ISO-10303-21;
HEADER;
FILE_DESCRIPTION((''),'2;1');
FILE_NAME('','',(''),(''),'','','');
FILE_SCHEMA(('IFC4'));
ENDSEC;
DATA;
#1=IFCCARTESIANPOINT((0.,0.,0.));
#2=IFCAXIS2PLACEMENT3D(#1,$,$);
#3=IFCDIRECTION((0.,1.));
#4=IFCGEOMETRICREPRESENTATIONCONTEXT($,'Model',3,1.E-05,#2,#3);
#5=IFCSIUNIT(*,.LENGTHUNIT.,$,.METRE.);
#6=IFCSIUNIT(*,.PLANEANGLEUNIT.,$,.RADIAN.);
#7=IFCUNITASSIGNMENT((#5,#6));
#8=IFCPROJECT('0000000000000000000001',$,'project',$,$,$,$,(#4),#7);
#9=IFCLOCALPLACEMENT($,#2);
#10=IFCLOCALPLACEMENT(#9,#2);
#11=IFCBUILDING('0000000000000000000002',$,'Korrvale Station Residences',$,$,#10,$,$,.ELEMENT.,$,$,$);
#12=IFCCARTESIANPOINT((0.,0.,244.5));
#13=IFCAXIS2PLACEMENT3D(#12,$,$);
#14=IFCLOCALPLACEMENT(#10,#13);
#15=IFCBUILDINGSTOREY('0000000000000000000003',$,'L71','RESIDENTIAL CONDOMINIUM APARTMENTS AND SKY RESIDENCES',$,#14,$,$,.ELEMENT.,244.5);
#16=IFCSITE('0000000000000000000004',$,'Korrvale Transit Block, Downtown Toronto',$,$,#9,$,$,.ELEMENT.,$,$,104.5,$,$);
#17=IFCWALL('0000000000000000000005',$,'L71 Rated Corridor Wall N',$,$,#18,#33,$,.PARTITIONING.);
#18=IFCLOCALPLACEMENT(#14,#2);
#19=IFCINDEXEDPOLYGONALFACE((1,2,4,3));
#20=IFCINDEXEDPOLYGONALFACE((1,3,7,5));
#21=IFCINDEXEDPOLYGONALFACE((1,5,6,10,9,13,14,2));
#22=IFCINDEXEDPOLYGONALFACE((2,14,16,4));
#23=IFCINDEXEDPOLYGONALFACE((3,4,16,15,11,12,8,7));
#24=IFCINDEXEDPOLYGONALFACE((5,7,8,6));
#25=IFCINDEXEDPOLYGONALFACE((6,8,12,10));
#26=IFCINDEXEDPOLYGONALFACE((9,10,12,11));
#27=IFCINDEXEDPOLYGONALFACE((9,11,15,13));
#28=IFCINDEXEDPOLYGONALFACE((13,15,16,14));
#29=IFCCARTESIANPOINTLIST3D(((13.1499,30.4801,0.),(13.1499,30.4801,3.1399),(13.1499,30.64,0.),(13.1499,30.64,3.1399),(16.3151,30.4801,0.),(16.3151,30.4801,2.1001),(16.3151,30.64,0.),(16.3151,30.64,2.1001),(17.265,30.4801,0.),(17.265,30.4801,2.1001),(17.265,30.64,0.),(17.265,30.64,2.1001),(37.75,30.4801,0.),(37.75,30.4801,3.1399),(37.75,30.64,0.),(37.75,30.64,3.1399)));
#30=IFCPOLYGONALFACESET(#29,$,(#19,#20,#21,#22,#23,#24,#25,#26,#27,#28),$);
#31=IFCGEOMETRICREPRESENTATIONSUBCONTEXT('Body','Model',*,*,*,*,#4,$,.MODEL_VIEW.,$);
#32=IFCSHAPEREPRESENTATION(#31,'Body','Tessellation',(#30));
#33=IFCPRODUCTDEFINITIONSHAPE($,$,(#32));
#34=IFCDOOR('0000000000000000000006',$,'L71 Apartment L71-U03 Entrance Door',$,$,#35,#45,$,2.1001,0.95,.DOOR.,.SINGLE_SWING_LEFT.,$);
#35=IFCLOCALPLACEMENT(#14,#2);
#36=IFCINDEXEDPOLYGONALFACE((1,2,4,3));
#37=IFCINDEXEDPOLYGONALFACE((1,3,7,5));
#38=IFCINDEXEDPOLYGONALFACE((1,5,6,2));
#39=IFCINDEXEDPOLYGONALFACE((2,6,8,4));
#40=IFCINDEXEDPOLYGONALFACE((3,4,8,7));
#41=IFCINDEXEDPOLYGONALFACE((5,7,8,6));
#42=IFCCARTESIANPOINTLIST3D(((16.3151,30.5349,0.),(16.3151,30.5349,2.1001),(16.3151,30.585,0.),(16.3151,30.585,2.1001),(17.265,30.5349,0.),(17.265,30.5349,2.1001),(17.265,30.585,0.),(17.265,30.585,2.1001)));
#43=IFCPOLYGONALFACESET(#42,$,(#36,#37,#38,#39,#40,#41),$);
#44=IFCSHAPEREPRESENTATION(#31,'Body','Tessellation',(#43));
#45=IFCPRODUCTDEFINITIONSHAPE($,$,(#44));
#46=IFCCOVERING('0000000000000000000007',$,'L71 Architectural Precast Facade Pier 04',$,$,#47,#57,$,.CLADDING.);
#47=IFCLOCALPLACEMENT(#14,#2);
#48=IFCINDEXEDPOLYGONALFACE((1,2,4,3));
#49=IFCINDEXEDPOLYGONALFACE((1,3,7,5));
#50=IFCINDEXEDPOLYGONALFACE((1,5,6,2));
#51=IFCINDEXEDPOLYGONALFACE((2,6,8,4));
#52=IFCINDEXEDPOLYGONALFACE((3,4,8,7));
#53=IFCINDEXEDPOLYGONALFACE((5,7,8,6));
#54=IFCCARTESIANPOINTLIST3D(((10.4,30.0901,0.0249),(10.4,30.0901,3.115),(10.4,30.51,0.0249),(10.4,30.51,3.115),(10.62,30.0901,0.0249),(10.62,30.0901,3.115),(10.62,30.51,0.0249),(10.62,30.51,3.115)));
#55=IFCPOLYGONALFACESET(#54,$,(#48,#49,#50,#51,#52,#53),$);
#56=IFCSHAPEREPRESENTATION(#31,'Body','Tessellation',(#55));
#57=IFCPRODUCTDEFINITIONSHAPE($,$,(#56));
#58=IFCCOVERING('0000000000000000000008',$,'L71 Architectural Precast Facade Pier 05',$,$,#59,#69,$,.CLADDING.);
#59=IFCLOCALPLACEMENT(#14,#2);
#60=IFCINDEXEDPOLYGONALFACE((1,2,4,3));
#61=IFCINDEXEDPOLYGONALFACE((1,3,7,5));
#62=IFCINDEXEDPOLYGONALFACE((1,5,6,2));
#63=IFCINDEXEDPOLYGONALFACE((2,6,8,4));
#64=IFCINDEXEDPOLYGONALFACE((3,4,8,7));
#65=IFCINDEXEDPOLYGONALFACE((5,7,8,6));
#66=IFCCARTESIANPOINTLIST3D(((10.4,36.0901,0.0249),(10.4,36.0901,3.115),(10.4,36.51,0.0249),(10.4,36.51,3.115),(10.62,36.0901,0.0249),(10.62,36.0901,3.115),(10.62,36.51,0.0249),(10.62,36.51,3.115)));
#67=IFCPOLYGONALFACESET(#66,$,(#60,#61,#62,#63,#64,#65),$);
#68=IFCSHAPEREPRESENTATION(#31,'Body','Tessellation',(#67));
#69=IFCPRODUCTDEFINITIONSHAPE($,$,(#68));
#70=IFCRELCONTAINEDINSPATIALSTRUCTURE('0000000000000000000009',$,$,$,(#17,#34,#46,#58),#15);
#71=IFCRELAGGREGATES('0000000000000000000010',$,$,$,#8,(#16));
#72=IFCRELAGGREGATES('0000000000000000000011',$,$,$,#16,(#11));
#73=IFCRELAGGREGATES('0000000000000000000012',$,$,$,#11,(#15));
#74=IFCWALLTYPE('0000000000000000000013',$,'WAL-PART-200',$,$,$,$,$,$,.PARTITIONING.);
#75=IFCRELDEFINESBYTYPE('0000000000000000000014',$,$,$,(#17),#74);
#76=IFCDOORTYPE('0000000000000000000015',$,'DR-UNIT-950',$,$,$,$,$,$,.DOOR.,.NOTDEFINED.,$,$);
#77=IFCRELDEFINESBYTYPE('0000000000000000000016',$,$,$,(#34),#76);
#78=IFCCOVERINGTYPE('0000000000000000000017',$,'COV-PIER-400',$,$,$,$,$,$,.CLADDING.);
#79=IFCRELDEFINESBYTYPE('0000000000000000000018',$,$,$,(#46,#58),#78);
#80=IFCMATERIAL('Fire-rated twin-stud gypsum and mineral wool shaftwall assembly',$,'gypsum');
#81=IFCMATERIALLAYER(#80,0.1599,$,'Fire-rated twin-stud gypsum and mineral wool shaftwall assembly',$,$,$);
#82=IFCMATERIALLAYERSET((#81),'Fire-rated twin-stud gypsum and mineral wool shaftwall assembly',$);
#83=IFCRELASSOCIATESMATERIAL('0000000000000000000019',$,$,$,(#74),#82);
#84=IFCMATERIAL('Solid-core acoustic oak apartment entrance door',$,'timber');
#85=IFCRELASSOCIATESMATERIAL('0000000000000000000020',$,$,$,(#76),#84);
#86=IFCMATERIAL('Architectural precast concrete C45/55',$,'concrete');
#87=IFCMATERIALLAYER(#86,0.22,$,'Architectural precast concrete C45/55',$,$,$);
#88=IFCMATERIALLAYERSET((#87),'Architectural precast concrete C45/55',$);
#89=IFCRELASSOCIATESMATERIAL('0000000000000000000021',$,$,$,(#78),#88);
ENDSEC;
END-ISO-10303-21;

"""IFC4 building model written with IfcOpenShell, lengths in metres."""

from ifc_helpers import new_model, si_unit, direction, frame, frame_2d, origin, origin_2d, place, context, subcontext, project, spatial, rectangle, extrude, material, layer, layer_set, type_object, element, fill, save


model = new_model("IFC4")

# Units and contexts
model_context = context("Model", 3, precision=1e-05, world=origin(), true_north=direction((0.0, 1.0)))
body_context = subcontext(model_context, "Body", "Model", "MODEL_VIEW")
ifc_project = project(units=[si_unit("LENGTHUNIT", "METRE"), si_unit("PLANEANGLEUNIT", "RADIAN")], contexts=[model_context])

# Site, building, storey
site_placement = place(None, origin())
site = spatial("IfcSite", under=ifc_project, at=site_placement, Name="Korrvale Transit Block, Downtown Toronto", CompositionType="ELEMENT", RefElevation=104.5)
building_placement = place(site_placement, origin())
building = spatial("IfcBuilding", under=site, at=building_placement, Name="Korrvale Station Residences", CompositionType="ELEMENT")
storey_placement = place(building_placement, frame((0.0, 0.0, 244.5)))
storey = spatial("IfcBuildingStorey", under=building, at=storey_placement, Name="L71", Description="RESIDENTIAL CONDOMINIUM APARTMENTS AND SKY RESIDENCES", CompositionType="ELEMENT", Elevation=244.5)

# Shared definitions
ifc_material_1 = material(Name="Fire-rated twin-stud gypsum and mineral wool shaftwall assembly", Category="gypsum")
ifc_layer_1 = layer(ifc_material_1, 0.1599, Name="Fire-rated twin-stud gypsum and mineral wool shaftwall assembly")
ifc_layer_set_1 = layer_set([ifc_layer_1], Name="Fire-rated twin-stud gypsum and mineral wool shaftwall assembly")
wall_type_1 = type_object("IfcWallType", Name="WAL-PART-200", PredefinedType="PARTITIONING", material=ifc_layer_set_1)

# Wall, opening, door
wall_1_placement = place(storey_placement, frame((13.1499, 30.5601, 0.0), z_axis=(0.0, 0.0, 1.0), x_axis=(1.0, 0.0, 0.0)))
wall_1 = element("IfcWall", 1, at=wall_1_placement, inside=storey, type_object=wall_type_1, Name="L71 Rated Corridor Wall N", PredefinedType="PARTITIONING", context=body_context, shape_type="SweptSolid", body=[
    extrude(rectangle(XDim=24.6001, YDim=0.1599, at=frame_2d((12.3, 0.0))), origin(), (0.0, 0.0, 1.0), 3.1399),
])
opening_1_placement = place(wall_1_placement, frame((3.165, 0.0, 0.0)))
opening_1 = element("IfcOpeningElement", 2, at=opening_1_placement, cuts=wall_1, PredefinedType="OPENING", context=body_context, shape_type="SweptSolid", body=[
    extrude(rectangle(XDim=0.95, YDim=2.1001, at=frame_2d((0.4751, 1.05))), frame((0.0, 0.0898, 0.0), z_axis=(0.0, -1.0, 0.0), x_axis=(1.0, 0.0, 0.0)), (0.0, 0.0, 1.0), 0.1799),
])
ifc_material_2 = material(Name="Solid-core acoustic oak apartment entrance door", Category="timber")
door_type_1 = type_object("IfcDoorType", Name="DR-UNIT-950", OperationType="NOTDEFINED", PredefinedType="DOOR", material=ifc_material_2)
door_1_placement = place(opening_1_placement, origin())
door_1 = element("IfcDoor", 3, at=door_1_placement, inside=storey, type_object=door_type_1, Name="L71 Apartment L71-U03 Entrance Door", OperationType="SINGLE_SWING_LEFT", OverallHeight=2.1001, OverallWidth=0.95, PredefinedType="DOOR", context=body_context, shape_type="SweptSolid", body=[
    extrude(rectangle(XDim=0.95, YDim=2.1001, at=frame_2d((0.4751, 1.05))), frame((0.0, 0.0249, 0.0), z_axis=(0.0, -1.0, 0.0), x_axis=(1.0, 0.0, 0.0)), (0.0, 0.0, 1.0), 0.05),
])
fill(opening_1, door_1)

# Coverings
ifc_material_3 = material(Name="Architectural precast concrete C45/55", Category="concrete")
ifc_layer_2 = layer(ifc_material_3, 0.22, Name="Architectural precast concrete C45/55")
ifc_layer_set_2 = layer_set([ifc_layer_2], Name="Architectural precast concrete C45/55")
covering_type = type_object("IfcCoveringType", Name="COV-PIER-400", PredefinedType="CLADDING", material=ifc_layer_set_2)
for number, where, z_axis, x_axis, name in (
    (4, (10.51, 30.3, 0.0249), (0.0, 0.0, 1.0), (0.0, 1.0, 0.0), "L71 Architectural Precast Facade Pier 04"),
    (5, (10.51, 36.3, 0.0249), (0.0, 0.0, 1.0), (0.0, 1.0, 0.0), "L71 Architectural Precast Facade Pier 05"),
):
    element("IfcCovering", number, at=place(storey_placement, frame(where, z_axis=z_axis, x_axis=x_axis)), inside=storey, type_object=covering_type, Name=name, PredefinedType="CLADDING", context=body_context, shape_type="SweptSolid", body=[
        extrude(rectangle(XDim=0.4199, YDim=0.22, at=origin_2d()), origin(), (0.0, 0.0, 1.0), 3.0901),
    ])

save(model, "model.ifc")
